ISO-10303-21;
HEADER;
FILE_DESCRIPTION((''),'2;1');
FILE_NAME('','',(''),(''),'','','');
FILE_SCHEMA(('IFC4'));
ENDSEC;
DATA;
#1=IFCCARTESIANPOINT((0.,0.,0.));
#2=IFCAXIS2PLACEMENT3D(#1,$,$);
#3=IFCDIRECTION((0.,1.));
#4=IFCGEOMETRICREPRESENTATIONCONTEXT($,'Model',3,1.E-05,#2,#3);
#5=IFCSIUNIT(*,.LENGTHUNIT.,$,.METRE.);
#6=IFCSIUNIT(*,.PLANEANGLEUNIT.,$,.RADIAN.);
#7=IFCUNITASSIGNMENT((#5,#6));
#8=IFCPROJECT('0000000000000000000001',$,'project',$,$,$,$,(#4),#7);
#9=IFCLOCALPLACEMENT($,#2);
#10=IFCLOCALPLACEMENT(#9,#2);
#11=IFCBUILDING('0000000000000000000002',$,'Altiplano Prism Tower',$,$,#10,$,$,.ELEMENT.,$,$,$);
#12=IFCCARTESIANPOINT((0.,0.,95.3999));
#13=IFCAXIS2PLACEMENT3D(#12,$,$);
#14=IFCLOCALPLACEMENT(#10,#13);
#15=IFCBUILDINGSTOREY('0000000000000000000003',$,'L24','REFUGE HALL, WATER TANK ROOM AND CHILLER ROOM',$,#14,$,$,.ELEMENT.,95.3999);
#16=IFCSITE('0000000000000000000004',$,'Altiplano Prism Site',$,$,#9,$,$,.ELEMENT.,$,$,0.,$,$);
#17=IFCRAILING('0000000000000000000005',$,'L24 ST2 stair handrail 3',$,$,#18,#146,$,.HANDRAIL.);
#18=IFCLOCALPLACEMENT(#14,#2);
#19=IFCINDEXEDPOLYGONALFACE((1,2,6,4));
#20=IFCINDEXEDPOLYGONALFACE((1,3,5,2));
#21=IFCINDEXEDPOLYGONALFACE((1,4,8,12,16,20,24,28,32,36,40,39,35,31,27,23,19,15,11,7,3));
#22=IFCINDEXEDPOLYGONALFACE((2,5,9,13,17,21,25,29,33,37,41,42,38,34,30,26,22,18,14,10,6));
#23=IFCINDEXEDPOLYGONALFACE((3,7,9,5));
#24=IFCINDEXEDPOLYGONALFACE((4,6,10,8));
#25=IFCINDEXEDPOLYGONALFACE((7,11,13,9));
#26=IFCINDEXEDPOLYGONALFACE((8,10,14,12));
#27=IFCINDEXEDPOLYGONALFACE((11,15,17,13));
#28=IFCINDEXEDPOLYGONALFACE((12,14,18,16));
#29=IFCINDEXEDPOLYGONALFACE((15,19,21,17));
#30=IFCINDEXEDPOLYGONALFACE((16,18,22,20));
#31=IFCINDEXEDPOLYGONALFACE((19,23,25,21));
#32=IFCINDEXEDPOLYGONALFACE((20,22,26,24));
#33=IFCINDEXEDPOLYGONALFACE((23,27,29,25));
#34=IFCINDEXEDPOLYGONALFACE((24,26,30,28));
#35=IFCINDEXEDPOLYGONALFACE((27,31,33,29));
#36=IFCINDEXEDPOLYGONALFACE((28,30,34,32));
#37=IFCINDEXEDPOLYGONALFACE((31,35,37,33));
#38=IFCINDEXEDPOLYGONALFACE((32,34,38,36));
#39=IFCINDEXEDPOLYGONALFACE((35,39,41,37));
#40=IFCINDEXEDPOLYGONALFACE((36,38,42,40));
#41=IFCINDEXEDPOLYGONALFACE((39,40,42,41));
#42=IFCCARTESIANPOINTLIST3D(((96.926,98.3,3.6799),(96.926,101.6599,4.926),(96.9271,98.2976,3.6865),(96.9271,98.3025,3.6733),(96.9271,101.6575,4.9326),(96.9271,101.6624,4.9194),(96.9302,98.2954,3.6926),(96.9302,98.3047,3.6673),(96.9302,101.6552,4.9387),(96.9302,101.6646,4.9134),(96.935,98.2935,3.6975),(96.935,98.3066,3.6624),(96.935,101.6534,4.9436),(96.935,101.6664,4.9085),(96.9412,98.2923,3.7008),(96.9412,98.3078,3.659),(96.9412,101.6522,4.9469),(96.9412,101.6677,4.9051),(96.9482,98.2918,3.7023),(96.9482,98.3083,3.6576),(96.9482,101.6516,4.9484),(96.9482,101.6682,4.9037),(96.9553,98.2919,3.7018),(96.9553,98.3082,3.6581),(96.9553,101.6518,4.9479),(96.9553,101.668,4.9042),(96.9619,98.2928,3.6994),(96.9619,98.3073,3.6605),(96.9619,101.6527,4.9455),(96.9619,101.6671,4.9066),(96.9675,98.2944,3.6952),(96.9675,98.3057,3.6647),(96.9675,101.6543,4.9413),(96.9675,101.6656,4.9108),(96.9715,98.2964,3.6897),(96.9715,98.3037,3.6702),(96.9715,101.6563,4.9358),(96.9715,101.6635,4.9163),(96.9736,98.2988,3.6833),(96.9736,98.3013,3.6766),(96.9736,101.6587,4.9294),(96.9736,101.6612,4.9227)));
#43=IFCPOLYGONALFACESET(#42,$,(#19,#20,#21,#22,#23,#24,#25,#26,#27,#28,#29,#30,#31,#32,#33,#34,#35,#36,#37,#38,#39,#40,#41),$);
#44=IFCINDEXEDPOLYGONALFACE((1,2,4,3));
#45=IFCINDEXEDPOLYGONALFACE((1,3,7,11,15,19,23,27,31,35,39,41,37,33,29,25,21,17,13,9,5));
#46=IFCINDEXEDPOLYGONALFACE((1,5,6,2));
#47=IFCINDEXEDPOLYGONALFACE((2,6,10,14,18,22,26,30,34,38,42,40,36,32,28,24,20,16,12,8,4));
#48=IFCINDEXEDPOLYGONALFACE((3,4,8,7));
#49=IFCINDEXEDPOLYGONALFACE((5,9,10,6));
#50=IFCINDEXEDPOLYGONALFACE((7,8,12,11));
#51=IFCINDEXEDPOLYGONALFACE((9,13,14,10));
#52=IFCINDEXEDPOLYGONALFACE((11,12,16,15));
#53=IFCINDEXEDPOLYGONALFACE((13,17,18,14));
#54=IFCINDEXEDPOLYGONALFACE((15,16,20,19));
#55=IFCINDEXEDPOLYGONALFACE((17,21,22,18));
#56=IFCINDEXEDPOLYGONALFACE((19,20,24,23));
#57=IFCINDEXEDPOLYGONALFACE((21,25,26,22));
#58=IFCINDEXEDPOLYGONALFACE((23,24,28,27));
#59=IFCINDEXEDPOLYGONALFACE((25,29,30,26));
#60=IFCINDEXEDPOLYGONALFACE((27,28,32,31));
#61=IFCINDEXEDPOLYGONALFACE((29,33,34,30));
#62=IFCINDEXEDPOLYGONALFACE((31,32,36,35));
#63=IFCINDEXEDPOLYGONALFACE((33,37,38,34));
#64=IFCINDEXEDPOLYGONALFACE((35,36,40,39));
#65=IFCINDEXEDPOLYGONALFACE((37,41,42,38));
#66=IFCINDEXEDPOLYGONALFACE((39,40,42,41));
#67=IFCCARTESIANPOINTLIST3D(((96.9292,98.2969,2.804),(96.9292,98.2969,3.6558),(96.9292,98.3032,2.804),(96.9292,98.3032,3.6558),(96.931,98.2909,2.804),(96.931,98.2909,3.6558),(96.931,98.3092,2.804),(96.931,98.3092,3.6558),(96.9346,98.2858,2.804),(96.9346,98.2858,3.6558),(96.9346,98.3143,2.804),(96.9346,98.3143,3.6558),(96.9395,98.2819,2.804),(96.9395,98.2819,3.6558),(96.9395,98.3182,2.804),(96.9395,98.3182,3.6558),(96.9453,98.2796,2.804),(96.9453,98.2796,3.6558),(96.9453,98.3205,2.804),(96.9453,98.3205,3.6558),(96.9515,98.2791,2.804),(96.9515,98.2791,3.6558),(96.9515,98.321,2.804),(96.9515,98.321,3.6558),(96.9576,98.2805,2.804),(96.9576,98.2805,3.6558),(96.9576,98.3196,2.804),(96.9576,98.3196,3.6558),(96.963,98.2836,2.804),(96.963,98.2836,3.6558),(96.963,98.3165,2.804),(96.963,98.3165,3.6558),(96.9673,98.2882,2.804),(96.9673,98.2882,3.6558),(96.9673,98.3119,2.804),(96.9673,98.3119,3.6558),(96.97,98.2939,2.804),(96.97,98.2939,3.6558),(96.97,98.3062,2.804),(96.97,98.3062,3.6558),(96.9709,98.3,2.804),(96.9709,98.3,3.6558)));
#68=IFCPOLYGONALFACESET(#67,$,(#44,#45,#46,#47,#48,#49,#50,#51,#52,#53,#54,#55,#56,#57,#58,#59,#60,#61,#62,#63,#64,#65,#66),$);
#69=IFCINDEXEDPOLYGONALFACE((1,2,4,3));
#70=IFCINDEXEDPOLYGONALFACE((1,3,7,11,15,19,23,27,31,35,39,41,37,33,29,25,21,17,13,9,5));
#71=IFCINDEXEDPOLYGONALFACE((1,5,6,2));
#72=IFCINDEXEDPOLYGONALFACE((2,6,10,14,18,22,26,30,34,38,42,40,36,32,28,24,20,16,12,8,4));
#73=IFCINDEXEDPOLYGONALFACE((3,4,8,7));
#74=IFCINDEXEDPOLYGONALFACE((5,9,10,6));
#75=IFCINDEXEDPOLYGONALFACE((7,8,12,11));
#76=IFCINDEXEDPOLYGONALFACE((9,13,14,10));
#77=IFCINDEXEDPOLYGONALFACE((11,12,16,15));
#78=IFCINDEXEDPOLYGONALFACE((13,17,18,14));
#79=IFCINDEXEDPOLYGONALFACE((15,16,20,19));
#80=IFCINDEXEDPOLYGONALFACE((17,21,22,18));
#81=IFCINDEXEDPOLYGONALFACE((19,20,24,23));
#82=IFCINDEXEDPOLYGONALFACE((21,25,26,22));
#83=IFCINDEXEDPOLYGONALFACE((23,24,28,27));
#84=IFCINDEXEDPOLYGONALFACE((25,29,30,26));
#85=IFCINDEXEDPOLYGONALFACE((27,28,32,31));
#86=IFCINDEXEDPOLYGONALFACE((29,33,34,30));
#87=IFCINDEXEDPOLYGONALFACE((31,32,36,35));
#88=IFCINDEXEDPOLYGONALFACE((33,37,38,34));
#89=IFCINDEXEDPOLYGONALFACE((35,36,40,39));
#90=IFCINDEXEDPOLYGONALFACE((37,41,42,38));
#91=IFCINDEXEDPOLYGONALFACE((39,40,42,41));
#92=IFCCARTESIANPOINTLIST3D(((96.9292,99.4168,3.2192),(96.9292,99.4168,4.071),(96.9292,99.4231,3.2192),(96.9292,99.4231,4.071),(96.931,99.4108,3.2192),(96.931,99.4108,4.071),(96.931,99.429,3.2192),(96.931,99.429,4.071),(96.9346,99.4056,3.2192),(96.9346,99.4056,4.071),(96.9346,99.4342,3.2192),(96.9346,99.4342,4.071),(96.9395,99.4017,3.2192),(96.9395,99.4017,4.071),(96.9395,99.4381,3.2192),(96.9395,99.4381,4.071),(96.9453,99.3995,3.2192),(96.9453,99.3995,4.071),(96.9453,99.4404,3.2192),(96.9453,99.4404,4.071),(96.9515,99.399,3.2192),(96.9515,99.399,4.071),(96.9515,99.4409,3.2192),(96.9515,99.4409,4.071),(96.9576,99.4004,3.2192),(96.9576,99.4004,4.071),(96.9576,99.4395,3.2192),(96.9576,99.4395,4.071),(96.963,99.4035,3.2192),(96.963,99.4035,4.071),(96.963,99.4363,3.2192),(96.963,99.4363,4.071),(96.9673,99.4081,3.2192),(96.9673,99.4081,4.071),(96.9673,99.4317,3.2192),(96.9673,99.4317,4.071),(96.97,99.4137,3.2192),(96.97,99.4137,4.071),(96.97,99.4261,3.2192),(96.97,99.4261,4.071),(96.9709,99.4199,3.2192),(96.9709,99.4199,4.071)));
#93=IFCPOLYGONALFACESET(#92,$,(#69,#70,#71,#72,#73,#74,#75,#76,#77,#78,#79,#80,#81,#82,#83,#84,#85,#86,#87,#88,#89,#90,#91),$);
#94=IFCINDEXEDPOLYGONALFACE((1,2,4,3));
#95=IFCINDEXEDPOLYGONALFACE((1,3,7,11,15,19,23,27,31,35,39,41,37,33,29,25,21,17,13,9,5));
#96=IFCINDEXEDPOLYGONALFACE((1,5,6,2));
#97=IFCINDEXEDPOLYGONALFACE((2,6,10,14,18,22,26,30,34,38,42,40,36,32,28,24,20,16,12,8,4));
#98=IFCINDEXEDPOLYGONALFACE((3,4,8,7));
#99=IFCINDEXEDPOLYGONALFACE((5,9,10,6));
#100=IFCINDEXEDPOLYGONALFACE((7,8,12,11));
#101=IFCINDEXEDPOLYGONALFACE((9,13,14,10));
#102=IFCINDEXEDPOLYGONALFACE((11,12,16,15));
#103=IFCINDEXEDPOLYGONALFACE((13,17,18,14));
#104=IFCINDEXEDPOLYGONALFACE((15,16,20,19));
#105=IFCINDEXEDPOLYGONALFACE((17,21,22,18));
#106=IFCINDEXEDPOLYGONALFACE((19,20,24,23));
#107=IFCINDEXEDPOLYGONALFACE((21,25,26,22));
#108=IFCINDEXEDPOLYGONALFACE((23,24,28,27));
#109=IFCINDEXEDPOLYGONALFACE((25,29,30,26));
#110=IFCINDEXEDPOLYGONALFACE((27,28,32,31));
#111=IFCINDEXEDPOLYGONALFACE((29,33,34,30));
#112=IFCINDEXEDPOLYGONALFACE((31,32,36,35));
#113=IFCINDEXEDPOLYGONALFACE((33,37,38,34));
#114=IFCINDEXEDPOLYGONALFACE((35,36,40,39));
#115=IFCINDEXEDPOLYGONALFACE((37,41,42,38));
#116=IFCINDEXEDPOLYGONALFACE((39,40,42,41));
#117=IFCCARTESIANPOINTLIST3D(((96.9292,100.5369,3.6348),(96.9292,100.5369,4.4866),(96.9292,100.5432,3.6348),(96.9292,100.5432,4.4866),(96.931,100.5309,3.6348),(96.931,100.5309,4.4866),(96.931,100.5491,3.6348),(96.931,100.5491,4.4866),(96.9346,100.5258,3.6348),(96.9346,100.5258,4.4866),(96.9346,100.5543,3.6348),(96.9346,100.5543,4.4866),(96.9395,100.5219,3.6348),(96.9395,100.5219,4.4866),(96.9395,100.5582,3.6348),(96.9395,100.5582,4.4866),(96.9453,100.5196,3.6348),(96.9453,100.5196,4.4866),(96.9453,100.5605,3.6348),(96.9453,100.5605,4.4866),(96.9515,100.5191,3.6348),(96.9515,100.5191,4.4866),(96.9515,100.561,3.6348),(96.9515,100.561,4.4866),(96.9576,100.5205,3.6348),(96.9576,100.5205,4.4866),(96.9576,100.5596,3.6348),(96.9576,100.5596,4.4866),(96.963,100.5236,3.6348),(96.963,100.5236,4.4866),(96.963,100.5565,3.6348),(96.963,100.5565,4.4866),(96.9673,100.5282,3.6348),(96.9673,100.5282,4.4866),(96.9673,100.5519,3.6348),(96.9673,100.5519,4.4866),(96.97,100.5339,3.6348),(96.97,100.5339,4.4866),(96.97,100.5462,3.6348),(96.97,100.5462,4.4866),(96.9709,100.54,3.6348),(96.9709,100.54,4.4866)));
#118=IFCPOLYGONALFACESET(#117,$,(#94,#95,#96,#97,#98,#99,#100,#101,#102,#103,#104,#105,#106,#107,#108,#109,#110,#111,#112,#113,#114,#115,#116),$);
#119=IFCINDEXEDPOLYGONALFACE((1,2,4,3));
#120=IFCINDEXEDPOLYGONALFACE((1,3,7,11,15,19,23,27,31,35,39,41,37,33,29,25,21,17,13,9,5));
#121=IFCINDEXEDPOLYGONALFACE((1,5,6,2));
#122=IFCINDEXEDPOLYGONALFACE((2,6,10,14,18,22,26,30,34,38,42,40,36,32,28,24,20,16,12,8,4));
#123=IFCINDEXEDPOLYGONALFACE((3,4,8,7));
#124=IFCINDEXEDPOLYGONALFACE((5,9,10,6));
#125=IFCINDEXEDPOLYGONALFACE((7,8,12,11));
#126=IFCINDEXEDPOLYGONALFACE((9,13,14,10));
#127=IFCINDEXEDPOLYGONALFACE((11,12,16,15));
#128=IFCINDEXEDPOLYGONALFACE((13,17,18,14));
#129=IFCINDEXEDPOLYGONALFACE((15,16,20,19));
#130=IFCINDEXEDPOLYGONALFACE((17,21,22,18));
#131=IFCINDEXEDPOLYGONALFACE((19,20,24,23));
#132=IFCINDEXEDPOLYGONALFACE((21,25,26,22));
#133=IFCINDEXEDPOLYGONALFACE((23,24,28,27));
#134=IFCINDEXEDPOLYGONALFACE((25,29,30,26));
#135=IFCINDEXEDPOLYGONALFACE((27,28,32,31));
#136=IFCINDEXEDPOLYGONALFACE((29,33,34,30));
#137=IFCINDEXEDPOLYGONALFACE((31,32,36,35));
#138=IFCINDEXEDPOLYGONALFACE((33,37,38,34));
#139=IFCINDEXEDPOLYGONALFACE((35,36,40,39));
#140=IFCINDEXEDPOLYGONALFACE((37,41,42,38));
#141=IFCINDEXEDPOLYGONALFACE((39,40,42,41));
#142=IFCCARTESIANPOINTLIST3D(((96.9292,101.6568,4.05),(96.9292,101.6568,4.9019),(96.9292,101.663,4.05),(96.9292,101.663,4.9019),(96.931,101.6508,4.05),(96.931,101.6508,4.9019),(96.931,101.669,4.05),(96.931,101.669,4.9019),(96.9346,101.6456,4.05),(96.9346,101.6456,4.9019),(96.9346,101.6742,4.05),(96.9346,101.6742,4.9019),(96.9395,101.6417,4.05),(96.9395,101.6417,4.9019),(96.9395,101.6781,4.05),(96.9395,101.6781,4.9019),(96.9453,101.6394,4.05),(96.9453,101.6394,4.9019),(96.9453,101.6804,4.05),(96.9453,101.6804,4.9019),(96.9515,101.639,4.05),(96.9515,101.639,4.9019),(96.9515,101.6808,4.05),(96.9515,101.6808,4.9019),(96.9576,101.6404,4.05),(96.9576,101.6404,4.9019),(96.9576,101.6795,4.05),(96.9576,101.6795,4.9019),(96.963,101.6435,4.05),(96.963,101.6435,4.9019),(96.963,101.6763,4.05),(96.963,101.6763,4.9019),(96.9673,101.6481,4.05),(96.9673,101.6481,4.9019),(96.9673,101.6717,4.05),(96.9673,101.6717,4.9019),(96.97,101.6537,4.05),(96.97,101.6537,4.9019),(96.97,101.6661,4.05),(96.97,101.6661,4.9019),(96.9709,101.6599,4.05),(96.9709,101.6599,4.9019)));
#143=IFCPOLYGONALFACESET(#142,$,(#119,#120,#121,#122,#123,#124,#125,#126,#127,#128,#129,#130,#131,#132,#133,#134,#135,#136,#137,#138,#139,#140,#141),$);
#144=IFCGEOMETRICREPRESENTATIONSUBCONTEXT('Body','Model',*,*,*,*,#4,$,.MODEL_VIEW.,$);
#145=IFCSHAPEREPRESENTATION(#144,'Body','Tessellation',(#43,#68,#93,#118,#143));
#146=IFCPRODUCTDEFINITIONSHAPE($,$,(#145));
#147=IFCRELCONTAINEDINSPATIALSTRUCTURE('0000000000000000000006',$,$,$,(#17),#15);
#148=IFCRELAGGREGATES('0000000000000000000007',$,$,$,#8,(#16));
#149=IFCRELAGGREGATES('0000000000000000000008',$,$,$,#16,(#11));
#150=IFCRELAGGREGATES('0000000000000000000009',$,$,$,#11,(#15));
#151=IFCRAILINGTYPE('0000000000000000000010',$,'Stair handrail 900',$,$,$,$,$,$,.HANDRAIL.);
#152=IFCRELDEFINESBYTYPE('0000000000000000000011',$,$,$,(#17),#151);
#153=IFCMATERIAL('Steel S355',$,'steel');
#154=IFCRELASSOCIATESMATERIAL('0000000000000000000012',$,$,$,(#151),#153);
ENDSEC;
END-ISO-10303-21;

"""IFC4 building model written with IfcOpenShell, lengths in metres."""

from ifc_helpers import new_model, si_unit, direction, frame, origin, origin_2d, place, context, subcontext, project, spatial, circle, extrude, material, type_object, element, save


model = new_model("IFC4")

# Units and contexts
model_context = context("Model", 3, precision=1e-05, world=origin(), true_north=direction((0.0, 1.0)))
body_context = subcontext(model_context, "Body", "Model", "MODEL_VIEW")
ifc_project = project(units=[si_unit("LENGTHUNIT", "METRE"), si_unit("PLANEANGLEUNIT", "RADIAN")], contexts=[model_context])

# Site, building, storey
site_placement = place(None, origin())
site = spatial("IfcSite", under=ifc_project, at=site_placement, Name="Altiplano Prism Site", CompositionType="ELEMENT", RefElevation=0.0)
building_placement = place(site_placement, origin())
building = spatial("IfcBuilding", under=site, at=building_placement, Name="Altiplano Prism Tower", CompositionType="ELEMENT")
storey_placement = place(building_placement, frame((0.0, 0.0, 95.3999)))
storey = spatial("IfcBuildingStorey", under=building, at=storey_placement, Name="L24", Description="REFUGE HALL, WATER TANK ROOM AND CHILLER ROOM", CompositionType="ELEMENT", Elevation=95.3999)

# Shared definitions
ifc_material_1 = material(Name="Steel S355", Category="steel")

# Railing
railing_type = type_object("IfcRailingType", Name="Stair handrail 900", PredefinedType="HANDRAIL", material=ifc_material_1)
railing_1_placement = place(storey_placement, frame((96.95, 98.3, 2.804)))
element("IfcRailing", 1, at=railing_1_placement, inside=storey, type_object=railing_type, Name="L24 ST2 stair handrail 3", PredefinedType="HANDRAIL", context=body_context, shape_type="SweptSolid", body=[
    extrude(circle(Radius=0.0239, at=origin_2d()), frame((0.0, 0.0, 0.876), z_axis=(0.0, 0.937594, 0.347731), x_axis=(-1.0, 0.0, 0.0)), (0.0, 0.0, 1.0), 3.5835),
    extrude(circle(Radius=0.021, at=origin_2d()), origin(), (0.0, 0.0, 1.0), 0.8518),
    extrude(circle(Radius=0.021, at=origin_2d()), frame((0.0, 1.1199, 0.4153)), (0.0, 0.0, 1.0), 0.8518),
    extrude(circle(Radius=0.021, at=origin_2d()), frame((0.0, 2.24, 0.8308)), (0.0, 0.0, 1.0), 0.8518),
    extrude(circle(Radius=0.021, at=origin_2d()), frame((0.0, 3.3599, 1.2461)), (0.0, 0.0, 1.0), 0.8518),
])

save(model, "model.ifc")
